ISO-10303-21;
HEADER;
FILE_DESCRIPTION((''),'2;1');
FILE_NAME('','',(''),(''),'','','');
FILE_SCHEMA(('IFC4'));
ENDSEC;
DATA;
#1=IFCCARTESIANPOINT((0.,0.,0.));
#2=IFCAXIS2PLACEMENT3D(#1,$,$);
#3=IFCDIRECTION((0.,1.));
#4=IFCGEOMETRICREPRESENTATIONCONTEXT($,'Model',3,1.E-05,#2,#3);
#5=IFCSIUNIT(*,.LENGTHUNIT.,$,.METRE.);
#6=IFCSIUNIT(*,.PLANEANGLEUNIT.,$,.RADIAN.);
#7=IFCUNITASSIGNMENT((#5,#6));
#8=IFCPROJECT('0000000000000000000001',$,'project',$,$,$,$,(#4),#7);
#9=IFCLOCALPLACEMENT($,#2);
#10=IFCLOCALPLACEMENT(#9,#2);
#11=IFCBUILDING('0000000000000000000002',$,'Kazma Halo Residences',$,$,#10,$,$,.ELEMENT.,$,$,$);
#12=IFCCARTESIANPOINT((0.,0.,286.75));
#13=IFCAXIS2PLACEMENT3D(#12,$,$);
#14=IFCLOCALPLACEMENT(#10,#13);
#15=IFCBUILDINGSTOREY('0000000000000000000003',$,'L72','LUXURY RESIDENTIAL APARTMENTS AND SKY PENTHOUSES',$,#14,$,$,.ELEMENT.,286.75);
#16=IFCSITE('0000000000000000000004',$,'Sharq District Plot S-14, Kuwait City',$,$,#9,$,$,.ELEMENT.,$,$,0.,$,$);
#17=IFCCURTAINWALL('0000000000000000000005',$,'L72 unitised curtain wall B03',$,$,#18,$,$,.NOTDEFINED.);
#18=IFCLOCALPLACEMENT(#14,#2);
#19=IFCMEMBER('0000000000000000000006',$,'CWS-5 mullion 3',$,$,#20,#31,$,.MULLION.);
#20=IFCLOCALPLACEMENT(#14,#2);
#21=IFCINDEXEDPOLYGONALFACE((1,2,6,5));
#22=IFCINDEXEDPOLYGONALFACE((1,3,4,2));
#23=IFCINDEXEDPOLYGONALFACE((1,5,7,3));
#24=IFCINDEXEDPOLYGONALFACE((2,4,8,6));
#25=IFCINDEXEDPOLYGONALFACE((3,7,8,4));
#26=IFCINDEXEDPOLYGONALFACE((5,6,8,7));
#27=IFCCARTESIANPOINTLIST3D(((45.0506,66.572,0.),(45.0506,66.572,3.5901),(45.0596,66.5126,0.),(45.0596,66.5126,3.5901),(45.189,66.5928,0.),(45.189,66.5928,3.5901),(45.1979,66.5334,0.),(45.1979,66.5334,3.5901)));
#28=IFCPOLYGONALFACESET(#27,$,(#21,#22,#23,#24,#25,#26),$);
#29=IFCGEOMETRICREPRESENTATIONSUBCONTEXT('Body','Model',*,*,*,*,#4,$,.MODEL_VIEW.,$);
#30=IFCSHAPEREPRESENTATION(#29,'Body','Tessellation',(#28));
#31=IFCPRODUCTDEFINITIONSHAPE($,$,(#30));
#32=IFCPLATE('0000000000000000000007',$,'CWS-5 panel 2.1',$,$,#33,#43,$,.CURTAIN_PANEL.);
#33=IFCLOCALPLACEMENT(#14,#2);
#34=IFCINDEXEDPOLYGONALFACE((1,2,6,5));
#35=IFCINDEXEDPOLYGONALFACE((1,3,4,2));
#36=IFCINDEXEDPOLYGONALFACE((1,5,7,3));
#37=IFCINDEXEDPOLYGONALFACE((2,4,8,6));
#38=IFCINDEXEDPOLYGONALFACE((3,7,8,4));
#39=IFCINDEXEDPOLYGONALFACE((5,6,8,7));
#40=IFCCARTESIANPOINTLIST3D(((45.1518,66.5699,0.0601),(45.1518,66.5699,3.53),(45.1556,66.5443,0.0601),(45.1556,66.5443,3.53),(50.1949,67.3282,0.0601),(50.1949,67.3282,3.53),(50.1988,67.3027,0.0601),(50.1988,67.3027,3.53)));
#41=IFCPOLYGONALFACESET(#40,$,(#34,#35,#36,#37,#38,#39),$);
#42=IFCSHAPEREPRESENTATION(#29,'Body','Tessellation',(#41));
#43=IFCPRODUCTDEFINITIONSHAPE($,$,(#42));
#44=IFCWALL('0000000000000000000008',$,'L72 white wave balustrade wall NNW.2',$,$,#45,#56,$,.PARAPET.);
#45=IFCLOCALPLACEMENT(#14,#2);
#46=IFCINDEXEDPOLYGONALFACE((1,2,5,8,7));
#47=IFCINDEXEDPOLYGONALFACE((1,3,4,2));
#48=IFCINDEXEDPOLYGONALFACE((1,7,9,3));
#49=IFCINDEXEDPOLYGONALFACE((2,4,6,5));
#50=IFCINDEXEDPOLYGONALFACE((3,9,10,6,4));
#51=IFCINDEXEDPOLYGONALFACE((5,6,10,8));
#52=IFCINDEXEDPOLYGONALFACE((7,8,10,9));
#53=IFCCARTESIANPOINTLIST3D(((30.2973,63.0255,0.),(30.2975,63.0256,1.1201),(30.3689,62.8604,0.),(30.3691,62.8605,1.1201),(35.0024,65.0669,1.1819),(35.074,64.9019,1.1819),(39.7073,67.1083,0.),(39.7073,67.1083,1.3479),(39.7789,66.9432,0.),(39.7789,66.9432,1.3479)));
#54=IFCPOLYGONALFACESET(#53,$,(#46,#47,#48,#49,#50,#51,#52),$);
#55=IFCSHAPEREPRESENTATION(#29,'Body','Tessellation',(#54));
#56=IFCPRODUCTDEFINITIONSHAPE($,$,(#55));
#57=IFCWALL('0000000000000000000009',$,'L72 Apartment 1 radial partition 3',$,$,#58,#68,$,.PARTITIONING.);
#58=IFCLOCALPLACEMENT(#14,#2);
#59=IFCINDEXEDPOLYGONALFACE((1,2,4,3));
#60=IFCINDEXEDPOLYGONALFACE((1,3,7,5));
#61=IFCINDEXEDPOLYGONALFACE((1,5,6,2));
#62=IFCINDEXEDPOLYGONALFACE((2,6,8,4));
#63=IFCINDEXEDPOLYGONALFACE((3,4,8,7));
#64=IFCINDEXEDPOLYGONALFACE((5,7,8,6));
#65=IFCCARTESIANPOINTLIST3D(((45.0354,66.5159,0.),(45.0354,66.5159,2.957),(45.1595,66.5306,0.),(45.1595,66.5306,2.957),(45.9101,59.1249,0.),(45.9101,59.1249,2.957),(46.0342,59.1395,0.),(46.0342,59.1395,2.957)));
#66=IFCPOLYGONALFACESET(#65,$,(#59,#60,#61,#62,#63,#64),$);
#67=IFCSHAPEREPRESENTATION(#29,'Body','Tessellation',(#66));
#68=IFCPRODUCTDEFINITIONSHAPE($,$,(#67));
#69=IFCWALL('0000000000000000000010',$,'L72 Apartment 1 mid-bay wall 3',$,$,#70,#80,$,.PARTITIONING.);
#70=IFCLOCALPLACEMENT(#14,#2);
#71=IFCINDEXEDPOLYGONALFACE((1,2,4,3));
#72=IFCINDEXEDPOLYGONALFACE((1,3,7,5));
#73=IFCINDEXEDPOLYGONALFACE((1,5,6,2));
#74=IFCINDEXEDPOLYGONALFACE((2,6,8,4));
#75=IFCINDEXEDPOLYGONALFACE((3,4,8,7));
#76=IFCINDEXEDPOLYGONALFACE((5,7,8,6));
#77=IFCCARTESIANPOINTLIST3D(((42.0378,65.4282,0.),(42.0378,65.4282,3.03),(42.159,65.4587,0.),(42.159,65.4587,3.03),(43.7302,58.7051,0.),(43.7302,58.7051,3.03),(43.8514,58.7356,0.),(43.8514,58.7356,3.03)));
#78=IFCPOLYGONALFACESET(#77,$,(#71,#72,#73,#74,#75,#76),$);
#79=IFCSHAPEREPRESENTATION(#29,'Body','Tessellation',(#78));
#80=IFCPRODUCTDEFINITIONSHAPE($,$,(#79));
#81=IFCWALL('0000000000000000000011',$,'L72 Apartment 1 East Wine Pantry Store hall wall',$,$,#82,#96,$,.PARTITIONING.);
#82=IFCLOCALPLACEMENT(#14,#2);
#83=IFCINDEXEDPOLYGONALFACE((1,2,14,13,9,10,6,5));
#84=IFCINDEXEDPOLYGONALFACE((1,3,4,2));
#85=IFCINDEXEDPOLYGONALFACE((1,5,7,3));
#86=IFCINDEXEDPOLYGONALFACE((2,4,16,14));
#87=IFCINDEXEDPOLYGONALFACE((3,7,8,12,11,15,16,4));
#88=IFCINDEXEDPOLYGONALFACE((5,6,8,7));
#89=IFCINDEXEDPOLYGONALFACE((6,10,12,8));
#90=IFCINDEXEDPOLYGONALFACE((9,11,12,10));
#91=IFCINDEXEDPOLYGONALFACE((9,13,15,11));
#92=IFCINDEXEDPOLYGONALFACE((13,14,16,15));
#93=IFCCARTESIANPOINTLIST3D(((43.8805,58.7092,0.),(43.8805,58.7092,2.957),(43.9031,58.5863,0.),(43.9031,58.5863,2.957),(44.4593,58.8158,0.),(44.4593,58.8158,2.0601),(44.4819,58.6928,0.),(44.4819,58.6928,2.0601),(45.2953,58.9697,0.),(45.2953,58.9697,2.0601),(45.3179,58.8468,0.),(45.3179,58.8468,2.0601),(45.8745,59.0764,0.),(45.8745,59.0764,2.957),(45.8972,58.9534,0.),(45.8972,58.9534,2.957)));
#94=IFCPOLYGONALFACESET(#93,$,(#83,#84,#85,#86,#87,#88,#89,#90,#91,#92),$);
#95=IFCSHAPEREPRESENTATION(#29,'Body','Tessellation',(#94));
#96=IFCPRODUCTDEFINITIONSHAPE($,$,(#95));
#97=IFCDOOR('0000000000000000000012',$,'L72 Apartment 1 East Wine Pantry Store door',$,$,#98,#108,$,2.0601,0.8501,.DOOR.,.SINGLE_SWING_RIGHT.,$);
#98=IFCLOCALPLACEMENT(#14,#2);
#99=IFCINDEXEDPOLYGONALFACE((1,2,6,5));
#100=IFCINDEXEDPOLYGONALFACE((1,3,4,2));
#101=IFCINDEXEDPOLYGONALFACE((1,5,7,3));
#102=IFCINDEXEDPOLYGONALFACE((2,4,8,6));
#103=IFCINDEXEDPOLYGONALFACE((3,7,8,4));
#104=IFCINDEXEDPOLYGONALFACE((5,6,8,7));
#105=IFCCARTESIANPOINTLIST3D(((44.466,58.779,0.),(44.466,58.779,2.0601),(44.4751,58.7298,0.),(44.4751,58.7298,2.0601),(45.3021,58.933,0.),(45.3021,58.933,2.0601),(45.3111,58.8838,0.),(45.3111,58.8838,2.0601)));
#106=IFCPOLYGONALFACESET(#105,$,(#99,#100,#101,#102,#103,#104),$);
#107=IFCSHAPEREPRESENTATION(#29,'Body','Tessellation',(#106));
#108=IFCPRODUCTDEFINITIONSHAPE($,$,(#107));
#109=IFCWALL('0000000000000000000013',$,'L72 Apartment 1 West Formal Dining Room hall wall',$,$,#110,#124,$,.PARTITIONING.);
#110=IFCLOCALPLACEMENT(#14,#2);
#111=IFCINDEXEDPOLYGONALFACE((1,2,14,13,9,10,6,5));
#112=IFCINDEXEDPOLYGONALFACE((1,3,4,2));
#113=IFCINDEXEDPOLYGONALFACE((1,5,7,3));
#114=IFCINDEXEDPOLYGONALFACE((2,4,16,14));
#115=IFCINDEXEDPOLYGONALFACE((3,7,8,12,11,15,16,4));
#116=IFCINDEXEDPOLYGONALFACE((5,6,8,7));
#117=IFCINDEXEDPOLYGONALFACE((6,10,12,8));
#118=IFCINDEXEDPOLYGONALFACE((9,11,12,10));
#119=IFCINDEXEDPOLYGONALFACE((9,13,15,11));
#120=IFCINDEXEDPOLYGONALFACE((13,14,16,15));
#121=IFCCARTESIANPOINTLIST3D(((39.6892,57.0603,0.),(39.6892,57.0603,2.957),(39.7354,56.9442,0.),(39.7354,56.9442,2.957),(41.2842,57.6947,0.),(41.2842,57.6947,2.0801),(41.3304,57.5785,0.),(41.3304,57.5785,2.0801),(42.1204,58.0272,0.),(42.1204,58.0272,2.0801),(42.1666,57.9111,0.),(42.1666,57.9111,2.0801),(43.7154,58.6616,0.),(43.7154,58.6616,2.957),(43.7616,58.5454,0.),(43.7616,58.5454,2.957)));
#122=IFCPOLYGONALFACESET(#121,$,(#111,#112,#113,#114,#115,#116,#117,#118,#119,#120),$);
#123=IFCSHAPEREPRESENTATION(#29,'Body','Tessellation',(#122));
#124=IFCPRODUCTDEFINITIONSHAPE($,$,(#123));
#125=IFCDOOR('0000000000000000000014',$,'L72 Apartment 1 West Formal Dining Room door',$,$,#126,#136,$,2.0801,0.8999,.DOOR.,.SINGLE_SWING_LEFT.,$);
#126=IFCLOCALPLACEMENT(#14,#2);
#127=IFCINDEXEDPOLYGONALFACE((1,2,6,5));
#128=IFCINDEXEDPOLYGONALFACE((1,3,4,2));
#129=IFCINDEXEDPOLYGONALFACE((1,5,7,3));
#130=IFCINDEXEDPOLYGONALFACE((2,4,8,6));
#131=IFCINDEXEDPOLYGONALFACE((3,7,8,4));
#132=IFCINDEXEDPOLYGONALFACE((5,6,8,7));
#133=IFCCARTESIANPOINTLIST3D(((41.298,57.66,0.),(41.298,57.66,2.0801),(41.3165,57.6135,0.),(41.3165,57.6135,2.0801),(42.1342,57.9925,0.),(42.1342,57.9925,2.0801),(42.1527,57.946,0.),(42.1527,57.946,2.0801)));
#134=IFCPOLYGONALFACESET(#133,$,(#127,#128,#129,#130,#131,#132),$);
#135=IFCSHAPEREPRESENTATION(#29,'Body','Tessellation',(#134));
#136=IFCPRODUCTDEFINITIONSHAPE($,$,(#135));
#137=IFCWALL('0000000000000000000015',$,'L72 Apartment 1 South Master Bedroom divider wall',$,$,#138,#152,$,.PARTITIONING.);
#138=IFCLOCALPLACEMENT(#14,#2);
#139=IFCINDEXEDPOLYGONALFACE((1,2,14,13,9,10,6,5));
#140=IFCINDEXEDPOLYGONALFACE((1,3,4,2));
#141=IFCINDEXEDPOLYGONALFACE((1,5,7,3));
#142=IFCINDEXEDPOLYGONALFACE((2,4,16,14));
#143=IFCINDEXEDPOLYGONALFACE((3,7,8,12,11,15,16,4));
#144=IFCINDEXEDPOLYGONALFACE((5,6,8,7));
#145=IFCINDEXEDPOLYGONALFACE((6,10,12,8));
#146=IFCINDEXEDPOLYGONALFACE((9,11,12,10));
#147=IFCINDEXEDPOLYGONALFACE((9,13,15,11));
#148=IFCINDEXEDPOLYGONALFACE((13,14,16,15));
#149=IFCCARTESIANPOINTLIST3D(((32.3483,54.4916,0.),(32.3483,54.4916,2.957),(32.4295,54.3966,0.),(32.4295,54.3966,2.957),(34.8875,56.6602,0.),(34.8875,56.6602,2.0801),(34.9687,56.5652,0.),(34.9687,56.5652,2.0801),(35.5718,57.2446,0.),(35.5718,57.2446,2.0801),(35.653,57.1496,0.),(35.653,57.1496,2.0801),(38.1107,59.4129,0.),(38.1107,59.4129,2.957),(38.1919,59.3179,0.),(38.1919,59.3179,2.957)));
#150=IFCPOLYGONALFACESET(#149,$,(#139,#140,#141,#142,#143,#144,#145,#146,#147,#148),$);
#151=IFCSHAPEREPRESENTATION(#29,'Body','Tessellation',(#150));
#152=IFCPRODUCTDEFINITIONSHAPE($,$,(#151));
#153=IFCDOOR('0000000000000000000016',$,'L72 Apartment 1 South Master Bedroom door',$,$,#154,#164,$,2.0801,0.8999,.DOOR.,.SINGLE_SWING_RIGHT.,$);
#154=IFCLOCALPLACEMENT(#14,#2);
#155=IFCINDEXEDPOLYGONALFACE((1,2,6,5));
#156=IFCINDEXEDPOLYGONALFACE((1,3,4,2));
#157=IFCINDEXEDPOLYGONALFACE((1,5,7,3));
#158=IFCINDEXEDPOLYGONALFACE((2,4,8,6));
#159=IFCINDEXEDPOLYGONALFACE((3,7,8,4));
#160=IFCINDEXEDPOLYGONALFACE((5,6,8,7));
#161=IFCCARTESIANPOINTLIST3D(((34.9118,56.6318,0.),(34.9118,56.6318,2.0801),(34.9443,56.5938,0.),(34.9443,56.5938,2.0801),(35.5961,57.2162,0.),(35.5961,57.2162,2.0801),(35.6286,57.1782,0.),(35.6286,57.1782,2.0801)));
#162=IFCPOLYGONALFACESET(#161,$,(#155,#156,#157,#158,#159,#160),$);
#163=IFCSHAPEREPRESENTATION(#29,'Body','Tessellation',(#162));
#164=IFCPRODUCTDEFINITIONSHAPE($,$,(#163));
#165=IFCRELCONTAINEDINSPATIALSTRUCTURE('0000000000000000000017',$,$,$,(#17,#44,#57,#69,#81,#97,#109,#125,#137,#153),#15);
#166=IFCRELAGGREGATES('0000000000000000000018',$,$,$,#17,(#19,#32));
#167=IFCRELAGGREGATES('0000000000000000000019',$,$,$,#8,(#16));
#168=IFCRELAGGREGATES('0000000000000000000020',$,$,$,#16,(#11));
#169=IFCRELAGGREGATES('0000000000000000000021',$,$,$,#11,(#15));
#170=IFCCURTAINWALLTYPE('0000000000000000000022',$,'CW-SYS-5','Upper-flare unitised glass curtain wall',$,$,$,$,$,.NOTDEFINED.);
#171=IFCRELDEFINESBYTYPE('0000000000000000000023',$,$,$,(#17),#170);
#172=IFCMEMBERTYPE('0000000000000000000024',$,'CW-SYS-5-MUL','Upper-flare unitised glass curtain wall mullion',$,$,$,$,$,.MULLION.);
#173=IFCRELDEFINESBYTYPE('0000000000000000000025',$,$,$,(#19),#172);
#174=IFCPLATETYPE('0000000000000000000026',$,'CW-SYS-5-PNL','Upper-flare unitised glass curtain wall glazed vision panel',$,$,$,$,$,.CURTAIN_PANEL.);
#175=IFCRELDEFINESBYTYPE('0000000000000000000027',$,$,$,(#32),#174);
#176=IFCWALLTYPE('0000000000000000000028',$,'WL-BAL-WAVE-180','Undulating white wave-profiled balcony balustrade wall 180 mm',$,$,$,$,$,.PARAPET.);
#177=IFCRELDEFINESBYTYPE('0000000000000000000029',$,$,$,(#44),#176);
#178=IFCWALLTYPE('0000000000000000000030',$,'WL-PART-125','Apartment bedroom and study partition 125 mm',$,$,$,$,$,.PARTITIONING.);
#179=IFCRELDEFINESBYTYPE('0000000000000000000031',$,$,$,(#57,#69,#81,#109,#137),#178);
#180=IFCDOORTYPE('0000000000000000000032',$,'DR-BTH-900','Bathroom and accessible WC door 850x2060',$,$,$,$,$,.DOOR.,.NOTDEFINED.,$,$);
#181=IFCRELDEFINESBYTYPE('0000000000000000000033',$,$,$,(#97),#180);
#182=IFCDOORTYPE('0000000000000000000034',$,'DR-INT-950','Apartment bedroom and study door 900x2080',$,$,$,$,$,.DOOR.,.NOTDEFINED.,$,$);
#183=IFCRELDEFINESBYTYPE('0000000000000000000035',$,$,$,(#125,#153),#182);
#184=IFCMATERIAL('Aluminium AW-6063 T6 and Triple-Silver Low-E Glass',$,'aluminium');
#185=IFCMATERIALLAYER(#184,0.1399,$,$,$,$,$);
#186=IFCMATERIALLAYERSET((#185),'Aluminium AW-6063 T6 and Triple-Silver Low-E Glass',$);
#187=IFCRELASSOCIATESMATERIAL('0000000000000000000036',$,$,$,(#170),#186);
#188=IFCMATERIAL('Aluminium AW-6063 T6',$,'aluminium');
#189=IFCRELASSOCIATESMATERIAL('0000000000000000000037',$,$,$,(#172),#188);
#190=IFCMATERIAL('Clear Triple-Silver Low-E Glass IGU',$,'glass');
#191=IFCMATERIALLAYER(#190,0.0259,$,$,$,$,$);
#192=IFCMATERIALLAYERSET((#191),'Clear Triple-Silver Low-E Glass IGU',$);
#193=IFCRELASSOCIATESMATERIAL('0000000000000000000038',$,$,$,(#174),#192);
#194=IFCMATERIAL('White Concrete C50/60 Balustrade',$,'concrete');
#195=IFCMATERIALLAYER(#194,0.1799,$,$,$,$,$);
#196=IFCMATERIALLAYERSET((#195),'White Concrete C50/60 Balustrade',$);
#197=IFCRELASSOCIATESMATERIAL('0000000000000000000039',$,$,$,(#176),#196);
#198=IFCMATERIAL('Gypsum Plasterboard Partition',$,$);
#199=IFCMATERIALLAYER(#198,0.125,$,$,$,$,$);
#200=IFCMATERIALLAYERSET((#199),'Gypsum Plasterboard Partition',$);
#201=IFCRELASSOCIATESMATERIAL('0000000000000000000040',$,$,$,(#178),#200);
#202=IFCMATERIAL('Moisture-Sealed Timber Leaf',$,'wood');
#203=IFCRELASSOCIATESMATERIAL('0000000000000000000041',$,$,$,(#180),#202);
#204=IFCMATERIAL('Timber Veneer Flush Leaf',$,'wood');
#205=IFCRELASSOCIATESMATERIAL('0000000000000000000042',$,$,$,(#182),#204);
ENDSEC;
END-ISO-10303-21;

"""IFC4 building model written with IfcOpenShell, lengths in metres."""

from ifc_helpers import new_model, si_unit, direction, frame, frame_2d, origin, origin_2d, place, context, subcontext, project, spatial, polyline, rectangle, outline, extrude, material, layer, layer_set, material_profile, profile_set, type_object, element, fill, aggregate, save


model = new_model("IFC4")

# Units and contexts
model_context = context("Model", 3, precision=1e-05, world=origin(), true_north=direction((0.0, 1.0)))
body_context = subcontext(model_context, "Body", "Model", "MODEL_VIEW")
ifc_project = project(units=[si_unit("LENGTHUNIT", "METRE"), si_unit("PLANEANGLEUNIT", "RADIAN")], contexts=[model_context])

# Site, building, storey
site_placement = place(None, origin())
site = spatial("IfcSite", under=ifc_project, at=site_placement, Name="Sharq District Plot S-14, Kuwait City", CompositionType="ELEMENT", RefElevation=0.0)
building_placement = place(site_placement, origin())
building = spatial("IfcBuilding", under=site, at=building_placement, Name="Kazma Halo Residences", CompositionType="ELEMENT")
storey_placement = place(building_placement, frame((0.0, 0.0, 286.75)))
storey = spatial("IfcBuildingStorey", under=building, at=storey_placement, Name="L72", Description="LUXURY RESIDENTIAL APARTMENTS AND SKY PENTHOUSES", CompositionType="ELEMENT", Elevation=286.75)

# Curtain wall, member, plate
ifc_material_1 = material(Name="Aluminium AW-6063 T6 and Triple-Silver Low-E Glass", Category="aluminium")
ifc_layer_1 = layer(ifc_material_1, 0.1399)
ifc_layer_set_1 = layer_set([ifc_layer_1], Name="Aluminium AW-6063 T6 and Triple-Silver Low-E Glass")
curtain_wall_type = type_object("IfcCurtainWallType", Name="CW-SYS-5", Description="Upper-flare unitised glass curtain wall", PredefinedType="NOTDEFINED", material=ifc_layer_set_1)
curtain_wall_placement = place(storey_placement, origin())
curtain_wall = element("IfcCurtainWall", 1, at=curtain_wall_placement, inside=storey, type_object=curtain_wall_type, Name="L72 unitised curtain wall B03", PredefinedType="NOTDEFINED")
ifc_material_2 = material(Name="Aluminium AW-6063 T6", Category="aluminium")
ifc_material_profile_1 = material_profile(ifc_material_2, rectangle(XDim=0.0601, YDim=0.1399, at=origin_2d()), Name="CWM-60x140")
ifc_profile_set_1 = profile_set([ifc_material_profile_1], Name="Aluminium AW-6063 T6")
member_type = type_object("IfcMemberType", Name="CW-SYS-5-MUL", Description="Upper-flare unitised glass curtain wall mullion", PredefinedType="MULLION", material=ifc_profile_set_1)
member_placement = place(storey_placement, frame((45.1243, 66.5527, 0.0), z_axis=(0.0, 0.0, 1.0), x_axis=(0.148697, -0.988883, 0.0)))
member = element("IfcMember", 2, at=member_placement, type_object=member_type, Name="CWS-5 mullion 3", PredefinedType="MULLION", context=body_context, shape_type="SweptSolid", body=[
    extrude(rectangle(XDim=0.0601, YDim=0.1399, at=origin_2d()), origin(), (0.0, 0.0, 1.0), 3.5901),
])
ifc_material_3 = material(Name="Clear Triple-Silver Low-E Glass IGU", Category="glass")
ifc_layer_2 = layer(ifc_material_3, 0.0259)
ifc_layer_set_2 = layer_set([ifc_layer_2], Name="Clear Triple-Silver Low-E Glass IGU")
plate_type = type_object("IfcPlateType", Name="CW-SYS-5-PNL", Description="Upper-flare unitised glass curtain wall glazed vision panel", PredefinedType="CURTAIN_PANEL", material=ifc_layer_set_2)
plate_placement = place(storey_placement, frame((47.6753, 66.9363, 0.0601), z_axis=(0.0, 0.0, 1.0), x_axis=(-0.988883, -0.148697, 0.0)))
plate = element("IfcPlate", 3, at=plate_placement, type_object=plate_type, Name="CWS-5 panel 2.1", PredefinedType="CURTAIN_PANEL", context=body_context, shape_type="SweptSolid", body=[
    extrude(rectangle(XDim=5.0999, YDim=0.0259, at=origin_2d()), origin(), (0.0, 0.0, 1.0), 3.47),
])
aggregate(curtain_wall, [member, plate])

# Wall
ifc_material_4 = material(Name="White Concrete C50/60 Balustrade", Category="concrete")
ifc_layer_3 = layer(ifc_material_4, 0.1799)
ifc_layer_set_3 = layer_set([ifc_layer_3], Name="White Concrete C50/60 Balustrade")
wall_type_1 = type_object("IfcWallType", Name="WL-BAL-WAVE-180", Description="Undulating white wave-profiled balcony balustrade wall 180 mm", PredefinedType="PARAPET", material=ifc_layer_set_3)
wall_1_placement = place(storey_placement, frame((39.7432, 67.0256, 0.0), z_axis=(0.0, 0.0, 1.0), x_axis=(-0.917373, -0.398029, 0.0)))
element("IfcWall", 4, at=wall_1_placement, inside=storey, type_object=wall_type_1, Name="L72 white wave balustrade wall NNW.2", PredefinedType="PARAPET", context=body_context, shape_type="SweptSolid", body=[
    extrude(outline(polyline([(0.0, 0.0), (10.2576, 0.0), (10.2573, 1.1201), (5.1287, 1.1819), (0.0, 1.3479), (0.0, 0.0)])), frame((0.0, 0.0898, 0.0), z_axis=(0.0, -1.0, 0.0), x_axis=(1.0, 0.0, 0.0)), (0.0, 0.0, 1.0), 0.1799),
])

# Walls
ifc_material_5 = material(Name="Gypsum Plasterboard Partition")
ifc_layer_4 = layer(ifc_material_5, 0.125)
ifc_layer_set_4 = layer_set([ifc_layer_4], Name="Gypsum Plasterboard Partition")
wall_type_2 = type_object("IfcWallType", Name="WL-PART-125", Description="Apartment bedroom and study partition 125 mm", PredefinedType="PARTITIONING", material=ifc_layer_set_4)
wall_2_placement = place(storey_placement, frame((45.9722, 59.1323, 0.0), z_axis=(0.0, 0.0, 1.0), x_axis=(-0.117532, 0.993069, 0.0)))
element("IfcWall", 5, at=wall_2_placement, inside=storey, type_object=wall_type_2, Name="L72 Apartment 1 radial partition 3", PredefinedType="PARTITIONING", context=body_context, shape_type="SweptSolid", body=[
    extrude(rectangle(XDim=7.4426, YDim=0.125, at=frame_2d((3.7212, 0.0))), origin(), (0.0, 0.0, 1.0), 2.957),
])
wall_3_placement = place(storey_placement, frame((43.7908, 58.7205, 0.0), z_axis=(0.0, 0.0, 1.0), x_axis=(-0.24411, 0.969748, 0.0)))
element("IfcWall", 6, at=wall_3_placement, inside=storey, type_object=wall_type_2, Name="L72 Apartment 1 mid-bay wall 3", PredefinedType="PARTITIONING", context=body_context, shape_type="SweptSolid", body=[
    extrude(rectangle(XDim=6.9329, YDim=0.125, at=frame_2d((3.4663, 0.0))), origin(), (0.0, 0.0, 1.0), 3.03),
])

# Walls, openings, doors
wall_4_placement = place(storey_placement, frame((45.8857, 59.0149, 0.0), z_axis=(0.0, 0.0, 1.0), x_axis=(-0.983467, -0.181089, 0.0)))
wall_4 = element("IfcWall", 7, at=wall_4_placement, inside=storey, type_object=wall_type_2, Name="L72 Apartment 1 East Wine Pantry Store hall wall", PredefinedType="PARTITIONING", context=body_context, shape_type="SweptSolid", body=[
    extrude(rectangle(XDim=2.0276, YDim=0.125, at=frame_2d((1.0137, 0.0))), origin(), (0.0, 0.0, 1.0), 2.957),
])
opening_1_placement = place(wall_4_placement, frame((0.5889, 0.0, 0.0)))
opening_1 = element("IfcOpeningElement", 8, at=opening_1_placement, cuts=wall_4, PredefinedType="OPENING", context=body_context, shape_type="SweptSolid", body=[
    extrude(rectangle(XDim=0.8501, YDim=2.0601, at=frame_2d((0.425, 1.03))), frame((0.0, 0.0725, 0.0), z_axis=(0.0, -1.0, 0.0), x_axis=(1.0, 0.0, 0.0)), (0.0, 0.0, 1.0), 0.145),
])
ifc_material_6 = material(Name="Moisture-Sealed Timber Leaf", Category="wood")
door_type_1 = type_object("IfcDoorType", Name="DR-BTH-900", Description="Bathroom and accessible WC door 850x2060", OperationType="NOTDEFINED", PredefinedType="DOOR", material=ifc_material_6)
door_1_placement = place(opening_1_placement, origin())
door_1 = element("IfcDoor", 9, at=door_1_placement, inside=storey, type_object=door_type_1, Name="L72 Apartment 1 East Wine Pantry Store door", OperationType="SINGLE_SWING_RIGHT", OverallHeight=2.0601, OverallWidth=0.8501, PredefinedType="DOOR", context=body_context, shape_type="SweptSolid", body=[
    extrude(rectangle(XDim=0.8501, YDim=2.0601, at=frame_2d((0.425, 1.03))), frame((0.0, 0.0249, 0.0), z_axis=(0.0, -1.0, 0.0), x_axis=(1.0, 0.0, 0.0)), (0.0, 0.0, 1.0), 0.05),
])
fill(opening_1, door_1)
wall_5_placement = place(storey_placement, frame((43.7385, 58.6035, 0.0), z_axis=(0.0, 0.0, 1.0), x_axis=(-0.929209, -0.369554, 0.0)))
wall_5 = element("IfcWall", 10, at=wall_5_placement, inside=storey, type_object=wall_type_2, Name="L72 Apartment 1 West Formal Dining Room hall wall", PredefinedType="PARTITIONING", context=body_context, shape_type="SweptSolid", body=[
    extrude(rectangle(XDim=4.333, YDim=0.125, at=frame_2d((2.1665, 0.0))), origin(), (0.0, 0.0, 1.0), 2.957),
])
opening_2_placement = place(wall_5_placement, frame((1.7166, 0.0, 0.0)))
opening_2 = element("IfcOpeningElement", 11, at=opening_2_placement, cuts=wall_5, PredefinedType="OPENING", context=body_context, shape_type="SweptSolid", body=[
    extrude(rectangle(XDim=0.8999, YDim=2.0801, at=frame_2d((0.45, 1.04))), frame((0.0, 0.0725, 0.0), z_axis=(0.0, -1.0, 0.0), x_axis=(1.0, 0.0, 0.0)), (0.0, 0.0, 1.0), 0.145),
])
ifc_material_7 = material(Name="Timber Veneer Flush Leaf", Category="wood")
door_type_2 = type_object("IfcDoorType", Name="DR-INT-950", Description="Apartment bedroom and study door 900x2080", OperationType="NOTDEFINED", PredefinedType="DOOR", material=ifc_material_7)
door_2_placement = place(opening_2_placement, origin())
door_2 = element("IfcDoor", 12, at=door_2_placement, inside=storey, type_object=door_type_2, Name="L72 Apartment 1 West Formal Dining Room door", OperationType="SINGLE_SWING_LEFT", OverallHeight=2.0801, OverallWidth=0.8999, PredefinedType="DOOR", context=body_context, shape_type="SweptSolid", body=[
    extrude(rectangle(XDim=0.8999, YDim=2.0801, at=frame_2d((0.45, 1.04))), frame((0.0, 0.0249, 0.0), z_axis=(0.0, -1.0, 0.0), x_axis=(1.0, 0.0, 0.0)), (0.0, 0.0, 1.0), 0.05),
])
fill(opening_2, door_2)
wall_6_placement = place(storey_placement, frame((38.1514, 59.3655, 0.0), z_axis=(0.0, 0.0, 1.0), x_axis=(-0.76042, -0.649432, 0.0)))
wall_6 = element("IfcWall", 13, at=wall_6_placement, inside=storey, type_object=wall_type_2, Name="L72 Apartment 1 South Master Bedroom divider wall", PredefinedType="PARTITIONING", context=body_context, shape_type="SweptSolid", body=[
    extrude(rectangle(XDim=7.5779, YDim=0.125, at=frame_2d((3.7891, 0.0))), origin(), (0.0, 0.0, 1.0), 2.957),
])
opening_3_placement = place(wall_6_placement, frame((3.3389, 0.0, 0.0)))
opening_3 = element("IfcOpeningElement", 14, at=opening_3_placement, cuts=wall_6, PredefinedType="OPENING", context=body_context, shape_type="SweptSolid", body=[
    extrude(rectangle(XDim=0.8999, YDim=2.0801, at=frame_2d((0.45, 1.04))), frame((0.0, 0.0725, 0.0), z_axis=(0.0, -1.0, 0.0), x_axis=(1.0, 0.0, 0.0)), (0.0, 0.0, 1.0), 0.145),
])
door_3_placement = place(opening_3_placement, origin())
door_3 = element("IfcDoor", 15, at=door_3_placement, inside=storey, type_object=door_type_2, Name="L72 Apartment 1 South Master Bedroom door", OperationType="SINGLE_SWING_RIGHT", OverallHeight=2.0801, OverallWidth=0.8999, PredefinedType="DOOR", context=body_context, shape_type="SweptSolid", body=[
    extrude(rectangle(XDim=0.8999, YDim=2.0801, at=frame_2d((0.45, 1.04))), frame((0.0, 0.0249, 0.0), z_axis=(0.0, -1.0, 0.0), x_axis=(1.0, 0.0, 0.0)), (0.0, 0.0, 1.0), 0.05),
])
fill(opening_3, door_3)

save(model, "model.ifc")
